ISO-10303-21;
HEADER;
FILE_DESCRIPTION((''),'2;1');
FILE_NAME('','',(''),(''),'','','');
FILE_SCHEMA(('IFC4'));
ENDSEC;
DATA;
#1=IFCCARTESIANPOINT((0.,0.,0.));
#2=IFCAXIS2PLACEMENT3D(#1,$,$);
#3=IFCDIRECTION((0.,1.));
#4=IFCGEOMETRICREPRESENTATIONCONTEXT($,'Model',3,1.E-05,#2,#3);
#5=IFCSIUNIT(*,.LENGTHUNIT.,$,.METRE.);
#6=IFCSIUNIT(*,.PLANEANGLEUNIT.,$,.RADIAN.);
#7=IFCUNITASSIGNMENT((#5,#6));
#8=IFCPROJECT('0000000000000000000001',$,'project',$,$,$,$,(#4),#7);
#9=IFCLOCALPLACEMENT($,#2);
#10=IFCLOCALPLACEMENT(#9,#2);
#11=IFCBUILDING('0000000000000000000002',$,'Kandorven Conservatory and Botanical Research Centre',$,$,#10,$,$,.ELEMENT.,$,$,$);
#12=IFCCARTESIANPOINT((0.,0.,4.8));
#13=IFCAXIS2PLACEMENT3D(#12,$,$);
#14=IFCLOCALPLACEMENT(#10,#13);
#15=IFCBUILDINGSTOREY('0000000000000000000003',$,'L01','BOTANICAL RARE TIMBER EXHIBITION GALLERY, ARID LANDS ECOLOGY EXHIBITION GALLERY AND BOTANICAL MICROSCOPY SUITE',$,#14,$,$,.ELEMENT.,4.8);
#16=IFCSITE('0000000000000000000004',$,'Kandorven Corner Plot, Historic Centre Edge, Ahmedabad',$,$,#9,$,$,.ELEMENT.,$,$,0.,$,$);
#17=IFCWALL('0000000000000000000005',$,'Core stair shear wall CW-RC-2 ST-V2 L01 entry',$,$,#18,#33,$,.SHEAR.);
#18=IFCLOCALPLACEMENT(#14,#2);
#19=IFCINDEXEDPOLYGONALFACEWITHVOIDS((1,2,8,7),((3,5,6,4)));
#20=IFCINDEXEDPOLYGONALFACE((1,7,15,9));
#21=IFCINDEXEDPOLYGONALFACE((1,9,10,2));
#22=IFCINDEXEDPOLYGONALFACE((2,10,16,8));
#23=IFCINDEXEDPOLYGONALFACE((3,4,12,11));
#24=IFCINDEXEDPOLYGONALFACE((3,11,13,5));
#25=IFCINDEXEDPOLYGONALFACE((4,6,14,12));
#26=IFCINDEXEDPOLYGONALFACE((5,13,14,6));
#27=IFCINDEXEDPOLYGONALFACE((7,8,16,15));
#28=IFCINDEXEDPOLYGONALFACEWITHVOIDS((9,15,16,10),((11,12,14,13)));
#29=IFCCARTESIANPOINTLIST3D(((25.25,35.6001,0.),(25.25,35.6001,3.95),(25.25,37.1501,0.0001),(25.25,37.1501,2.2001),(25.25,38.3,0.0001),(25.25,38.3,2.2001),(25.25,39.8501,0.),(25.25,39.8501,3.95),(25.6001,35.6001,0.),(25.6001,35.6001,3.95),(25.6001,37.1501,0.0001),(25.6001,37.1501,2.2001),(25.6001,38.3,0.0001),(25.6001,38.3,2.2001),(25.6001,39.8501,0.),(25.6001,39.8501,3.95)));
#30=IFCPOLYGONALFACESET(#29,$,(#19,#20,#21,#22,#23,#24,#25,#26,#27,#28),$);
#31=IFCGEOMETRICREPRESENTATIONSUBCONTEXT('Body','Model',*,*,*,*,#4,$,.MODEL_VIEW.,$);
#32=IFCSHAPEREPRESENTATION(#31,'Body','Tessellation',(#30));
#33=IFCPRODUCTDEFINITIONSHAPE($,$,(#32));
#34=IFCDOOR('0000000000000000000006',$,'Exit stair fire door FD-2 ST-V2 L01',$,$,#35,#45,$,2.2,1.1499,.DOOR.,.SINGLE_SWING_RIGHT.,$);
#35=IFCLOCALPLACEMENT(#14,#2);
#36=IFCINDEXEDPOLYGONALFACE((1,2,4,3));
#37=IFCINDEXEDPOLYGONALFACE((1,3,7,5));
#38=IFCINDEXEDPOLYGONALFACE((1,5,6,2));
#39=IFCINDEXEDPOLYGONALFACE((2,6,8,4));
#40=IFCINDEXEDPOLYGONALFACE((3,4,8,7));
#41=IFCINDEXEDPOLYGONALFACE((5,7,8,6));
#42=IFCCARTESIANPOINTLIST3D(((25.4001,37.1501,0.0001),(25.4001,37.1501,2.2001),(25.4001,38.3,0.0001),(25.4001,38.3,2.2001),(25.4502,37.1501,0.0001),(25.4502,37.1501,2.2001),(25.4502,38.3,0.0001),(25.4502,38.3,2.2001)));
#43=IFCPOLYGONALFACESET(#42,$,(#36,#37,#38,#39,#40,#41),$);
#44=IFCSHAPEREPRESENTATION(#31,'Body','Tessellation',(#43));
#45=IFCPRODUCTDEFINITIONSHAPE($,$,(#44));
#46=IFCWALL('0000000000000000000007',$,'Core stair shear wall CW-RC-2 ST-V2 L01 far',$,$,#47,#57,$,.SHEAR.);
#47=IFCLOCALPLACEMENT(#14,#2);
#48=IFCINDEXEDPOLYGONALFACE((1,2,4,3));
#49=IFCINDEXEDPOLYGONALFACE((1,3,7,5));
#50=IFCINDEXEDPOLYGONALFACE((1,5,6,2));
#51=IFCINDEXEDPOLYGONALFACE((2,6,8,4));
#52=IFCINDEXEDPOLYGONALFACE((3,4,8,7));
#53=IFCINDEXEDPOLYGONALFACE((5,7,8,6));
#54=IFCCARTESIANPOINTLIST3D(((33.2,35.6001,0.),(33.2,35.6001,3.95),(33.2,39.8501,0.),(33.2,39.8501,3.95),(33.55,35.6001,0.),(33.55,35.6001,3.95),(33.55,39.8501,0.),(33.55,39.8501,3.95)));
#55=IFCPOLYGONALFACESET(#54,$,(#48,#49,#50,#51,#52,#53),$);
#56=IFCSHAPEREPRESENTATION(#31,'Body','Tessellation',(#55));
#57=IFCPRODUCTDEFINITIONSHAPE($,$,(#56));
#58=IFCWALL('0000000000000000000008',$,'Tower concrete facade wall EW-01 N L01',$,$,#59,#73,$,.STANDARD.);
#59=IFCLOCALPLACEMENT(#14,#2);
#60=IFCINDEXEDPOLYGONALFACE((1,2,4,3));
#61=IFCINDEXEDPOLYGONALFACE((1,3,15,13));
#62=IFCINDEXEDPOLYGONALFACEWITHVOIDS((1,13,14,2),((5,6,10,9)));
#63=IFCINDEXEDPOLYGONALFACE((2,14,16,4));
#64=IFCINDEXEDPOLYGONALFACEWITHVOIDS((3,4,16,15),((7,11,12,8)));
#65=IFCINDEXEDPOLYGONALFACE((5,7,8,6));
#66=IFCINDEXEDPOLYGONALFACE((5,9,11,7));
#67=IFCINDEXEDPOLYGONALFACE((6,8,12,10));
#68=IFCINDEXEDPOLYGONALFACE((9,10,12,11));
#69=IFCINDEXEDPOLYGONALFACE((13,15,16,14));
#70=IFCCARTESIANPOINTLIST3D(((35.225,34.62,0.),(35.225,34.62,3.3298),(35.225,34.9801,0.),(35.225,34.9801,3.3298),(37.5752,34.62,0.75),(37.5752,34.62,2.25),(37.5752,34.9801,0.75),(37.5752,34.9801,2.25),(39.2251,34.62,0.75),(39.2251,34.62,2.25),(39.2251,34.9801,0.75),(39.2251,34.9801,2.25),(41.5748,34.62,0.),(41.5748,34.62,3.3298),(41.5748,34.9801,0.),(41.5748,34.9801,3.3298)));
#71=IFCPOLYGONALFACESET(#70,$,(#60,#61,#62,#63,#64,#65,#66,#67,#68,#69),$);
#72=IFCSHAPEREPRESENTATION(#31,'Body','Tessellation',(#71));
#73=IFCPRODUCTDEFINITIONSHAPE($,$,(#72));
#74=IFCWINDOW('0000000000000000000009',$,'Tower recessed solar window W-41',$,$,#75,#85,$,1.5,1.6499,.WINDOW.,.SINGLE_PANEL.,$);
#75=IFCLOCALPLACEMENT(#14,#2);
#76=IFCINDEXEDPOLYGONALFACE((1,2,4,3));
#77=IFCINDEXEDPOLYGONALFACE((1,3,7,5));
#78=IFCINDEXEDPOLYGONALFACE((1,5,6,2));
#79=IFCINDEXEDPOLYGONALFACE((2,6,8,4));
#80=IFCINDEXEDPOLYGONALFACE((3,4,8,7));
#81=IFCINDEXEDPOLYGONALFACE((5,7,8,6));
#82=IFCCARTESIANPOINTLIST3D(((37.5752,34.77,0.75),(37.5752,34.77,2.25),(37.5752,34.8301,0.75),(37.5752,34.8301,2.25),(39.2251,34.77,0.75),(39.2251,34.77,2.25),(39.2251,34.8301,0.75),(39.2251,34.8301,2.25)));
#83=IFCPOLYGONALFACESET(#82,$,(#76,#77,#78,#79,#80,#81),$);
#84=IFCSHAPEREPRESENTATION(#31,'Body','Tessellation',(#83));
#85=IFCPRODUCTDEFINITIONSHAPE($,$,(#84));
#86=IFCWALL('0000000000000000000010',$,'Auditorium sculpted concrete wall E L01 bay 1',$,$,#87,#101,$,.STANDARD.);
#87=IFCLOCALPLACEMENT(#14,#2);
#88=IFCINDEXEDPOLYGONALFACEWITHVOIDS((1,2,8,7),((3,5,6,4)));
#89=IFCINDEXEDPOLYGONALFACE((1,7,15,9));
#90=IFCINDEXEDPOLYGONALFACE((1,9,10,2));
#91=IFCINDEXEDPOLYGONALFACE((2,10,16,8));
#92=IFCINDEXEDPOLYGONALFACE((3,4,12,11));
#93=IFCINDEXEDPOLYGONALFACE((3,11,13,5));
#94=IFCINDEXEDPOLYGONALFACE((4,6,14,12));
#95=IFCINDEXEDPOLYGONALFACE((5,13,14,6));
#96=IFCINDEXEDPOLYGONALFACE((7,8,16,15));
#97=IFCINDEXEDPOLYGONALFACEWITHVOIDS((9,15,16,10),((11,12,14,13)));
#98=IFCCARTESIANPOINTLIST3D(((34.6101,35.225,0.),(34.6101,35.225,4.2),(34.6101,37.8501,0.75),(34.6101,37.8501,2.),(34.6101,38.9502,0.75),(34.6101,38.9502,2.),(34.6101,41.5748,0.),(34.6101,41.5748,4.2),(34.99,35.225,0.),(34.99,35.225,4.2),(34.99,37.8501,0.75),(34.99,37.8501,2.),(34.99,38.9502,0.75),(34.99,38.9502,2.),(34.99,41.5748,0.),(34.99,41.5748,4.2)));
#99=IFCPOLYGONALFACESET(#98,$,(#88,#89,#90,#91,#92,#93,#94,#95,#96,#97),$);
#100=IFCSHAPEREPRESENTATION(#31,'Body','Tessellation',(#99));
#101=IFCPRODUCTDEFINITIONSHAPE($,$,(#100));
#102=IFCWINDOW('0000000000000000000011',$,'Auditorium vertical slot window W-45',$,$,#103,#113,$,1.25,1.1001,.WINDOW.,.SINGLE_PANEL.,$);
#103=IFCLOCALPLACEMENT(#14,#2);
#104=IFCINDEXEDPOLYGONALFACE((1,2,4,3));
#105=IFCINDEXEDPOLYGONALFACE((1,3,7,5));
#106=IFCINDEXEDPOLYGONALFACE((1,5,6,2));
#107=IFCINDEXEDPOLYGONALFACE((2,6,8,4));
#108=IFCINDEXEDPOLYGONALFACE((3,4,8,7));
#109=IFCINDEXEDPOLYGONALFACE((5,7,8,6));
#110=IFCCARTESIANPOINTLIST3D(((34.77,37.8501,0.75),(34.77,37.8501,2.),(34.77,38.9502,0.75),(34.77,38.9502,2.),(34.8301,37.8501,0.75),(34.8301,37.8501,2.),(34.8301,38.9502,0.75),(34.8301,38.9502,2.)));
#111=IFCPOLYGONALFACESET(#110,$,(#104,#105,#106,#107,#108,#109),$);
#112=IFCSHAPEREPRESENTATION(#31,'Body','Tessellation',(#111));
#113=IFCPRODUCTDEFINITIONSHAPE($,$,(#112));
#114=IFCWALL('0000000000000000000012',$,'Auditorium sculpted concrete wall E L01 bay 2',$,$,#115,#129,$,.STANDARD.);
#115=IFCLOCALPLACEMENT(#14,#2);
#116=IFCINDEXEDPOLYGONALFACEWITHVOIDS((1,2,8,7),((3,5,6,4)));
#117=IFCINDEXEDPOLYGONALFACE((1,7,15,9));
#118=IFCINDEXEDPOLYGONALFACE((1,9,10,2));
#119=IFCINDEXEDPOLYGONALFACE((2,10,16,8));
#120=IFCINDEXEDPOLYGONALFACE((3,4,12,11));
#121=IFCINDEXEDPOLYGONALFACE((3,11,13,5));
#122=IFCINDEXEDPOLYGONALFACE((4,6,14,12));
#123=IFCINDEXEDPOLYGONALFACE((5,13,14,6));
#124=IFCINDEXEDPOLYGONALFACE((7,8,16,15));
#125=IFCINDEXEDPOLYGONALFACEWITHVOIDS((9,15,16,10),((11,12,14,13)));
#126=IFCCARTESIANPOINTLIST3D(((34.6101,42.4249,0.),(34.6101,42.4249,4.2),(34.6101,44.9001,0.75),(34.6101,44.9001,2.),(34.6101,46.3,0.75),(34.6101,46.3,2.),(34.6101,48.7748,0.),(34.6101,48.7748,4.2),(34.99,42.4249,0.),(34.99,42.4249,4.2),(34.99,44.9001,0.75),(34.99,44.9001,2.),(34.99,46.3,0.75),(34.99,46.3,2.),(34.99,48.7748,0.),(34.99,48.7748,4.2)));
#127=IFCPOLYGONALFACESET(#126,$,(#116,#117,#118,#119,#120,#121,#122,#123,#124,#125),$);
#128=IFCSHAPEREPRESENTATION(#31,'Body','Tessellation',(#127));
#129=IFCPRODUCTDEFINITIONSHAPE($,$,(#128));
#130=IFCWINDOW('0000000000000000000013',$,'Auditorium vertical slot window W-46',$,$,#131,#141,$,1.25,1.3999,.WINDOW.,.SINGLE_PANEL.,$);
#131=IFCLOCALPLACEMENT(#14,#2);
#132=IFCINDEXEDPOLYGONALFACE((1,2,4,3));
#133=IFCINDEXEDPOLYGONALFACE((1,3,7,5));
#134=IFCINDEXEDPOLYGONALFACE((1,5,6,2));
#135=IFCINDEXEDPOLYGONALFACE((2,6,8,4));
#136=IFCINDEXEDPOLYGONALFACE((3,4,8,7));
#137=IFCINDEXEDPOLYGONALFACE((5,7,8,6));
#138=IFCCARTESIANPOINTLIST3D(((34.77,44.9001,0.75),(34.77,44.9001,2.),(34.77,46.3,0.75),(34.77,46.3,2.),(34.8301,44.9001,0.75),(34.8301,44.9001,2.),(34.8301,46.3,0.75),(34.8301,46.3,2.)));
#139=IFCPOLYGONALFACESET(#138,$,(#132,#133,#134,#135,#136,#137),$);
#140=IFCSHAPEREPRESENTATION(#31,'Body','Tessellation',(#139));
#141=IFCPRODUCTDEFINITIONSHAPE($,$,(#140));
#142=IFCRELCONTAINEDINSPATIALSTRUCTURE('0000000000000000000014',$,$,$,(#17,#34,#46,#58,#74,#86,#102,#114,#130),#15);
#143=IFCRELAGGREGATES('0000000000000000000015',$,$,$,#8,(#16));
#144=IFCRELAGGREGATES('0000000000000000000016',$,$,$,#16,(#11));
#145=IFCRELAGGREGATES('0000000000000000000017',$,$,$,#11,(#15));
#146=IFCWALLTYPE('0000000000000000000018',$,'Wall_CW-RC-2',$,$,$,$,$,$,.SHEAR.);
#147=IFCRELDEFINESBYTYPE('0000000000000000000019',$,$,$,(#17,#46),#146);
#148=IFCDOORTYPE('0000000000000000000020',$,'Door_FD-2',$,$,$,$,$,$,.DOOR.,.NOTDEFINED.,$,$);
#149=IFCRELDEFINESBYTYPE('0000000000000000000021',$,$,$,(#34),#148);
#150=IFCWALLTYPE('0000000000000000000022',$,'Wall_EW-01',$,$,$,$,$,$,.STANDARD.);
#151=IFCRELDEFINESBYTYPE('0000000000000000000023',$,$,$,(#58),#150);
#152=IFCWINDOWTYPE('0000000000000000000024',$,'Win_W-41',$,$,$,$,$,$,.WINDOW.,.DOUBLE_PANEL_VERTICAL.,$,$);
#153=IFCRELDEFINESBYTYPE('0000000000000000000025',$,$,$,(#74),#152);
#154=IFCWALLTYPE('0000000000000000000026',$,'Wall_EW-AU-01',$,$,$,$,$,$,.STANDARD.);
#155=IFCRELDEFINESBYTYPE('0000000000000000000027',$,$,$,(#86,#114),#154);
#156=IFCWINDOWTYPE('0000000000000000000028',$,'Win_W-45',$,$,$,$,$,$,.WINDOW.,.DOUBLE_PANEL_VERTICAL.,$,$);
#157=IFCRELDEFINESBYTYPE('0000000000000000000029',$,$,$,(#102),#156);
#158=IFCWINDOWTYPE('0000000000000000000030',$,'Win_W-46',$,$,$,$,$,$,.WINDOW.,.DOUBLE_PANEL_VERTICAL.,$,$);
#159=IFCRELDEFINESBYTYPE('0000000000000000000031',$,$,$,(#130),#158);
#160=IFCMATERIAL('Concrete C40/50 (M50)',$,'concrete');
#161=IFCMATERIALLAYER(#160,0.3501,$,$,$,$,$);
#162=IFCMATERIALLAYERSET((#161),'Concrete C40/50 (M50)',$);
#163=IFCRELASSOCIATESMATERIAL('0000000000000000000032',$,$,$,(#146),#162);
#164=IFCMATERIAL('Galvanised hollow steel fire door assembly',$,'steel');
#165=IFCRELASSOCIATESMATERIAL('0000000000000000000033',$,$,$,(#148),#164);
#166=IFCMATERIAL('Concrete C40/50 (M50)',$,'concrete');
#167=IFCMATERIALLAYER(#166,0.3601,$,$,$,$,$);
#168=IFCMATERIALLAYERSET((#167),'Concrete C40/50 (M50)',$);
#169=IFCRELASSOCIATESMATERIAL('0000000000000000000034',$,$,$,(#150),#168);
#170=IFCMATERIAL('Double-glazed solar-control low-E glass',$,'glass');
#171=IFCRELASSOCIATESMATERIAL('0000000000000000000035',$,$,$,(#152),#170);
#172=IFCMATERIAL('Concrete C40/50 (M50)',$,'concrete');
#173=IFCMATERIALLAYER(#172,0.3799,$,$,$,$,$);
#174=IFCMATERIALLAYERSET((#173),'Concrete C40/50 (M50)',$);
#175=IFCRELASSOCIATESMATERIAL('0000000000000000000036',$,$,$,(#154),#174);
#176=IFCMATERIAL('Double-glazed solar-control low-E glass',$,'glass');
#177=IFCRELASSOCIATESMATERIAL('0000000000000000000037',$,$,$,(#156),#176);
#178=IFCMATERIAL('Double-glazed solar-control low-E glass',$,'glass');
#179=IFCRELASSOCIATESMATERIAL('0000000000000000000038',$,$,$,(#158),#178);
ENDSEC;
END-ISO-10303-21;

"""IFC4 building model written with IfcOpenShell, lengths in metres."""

from ifc_helpers import new_model, si_unit, direction, frame, frame_2d, origin, place, context, subcontext, project, spatial, rectangle, extrude, material, layer, layer_set, type_object, element, fill, save


model = new_model("IFC4")

# Units and contexts
model_context = context("Model", 3, precision=1e-05, world=origin(), true_north=direction((0.0, 1.0)))
body_context = subcontext(model_context, "Body", "Model", "MODEL_VIEW")
ifc_project = project(units=[si_unit("LENGTHUNIT", "METRE"), si_unit("PLANEANGLEUNIT", "RADIAN")], contexts=[model_context])

# Site, building, storey
site_placement = place(None, origin())
site = spatial("IfcSite", under=ifc_project, at=site_placement, Name="Kandorven Corner Plot, Historic Centre Edge, Ahmedabad", CompositionType="ELEMENT", RefElevation=0.0)
building_placement = place(site_placement, origin())
building = spatial("IfcBuilding", under=site, at=building_placement, Name="Kandorven Conservatory and Botanical Research Centre", CompositionType="ELEMENT")
storey_placement = place(building_placement, frame((0.0, 0.0, 4.8)))
storey = spatial("IfcBuildingStorey", under=building, at=storey_placement, Name="L01", Description="BOTANICAL RARE TIMBER EXHIBITION GALLERY, ARID LANDS ECOLOGY EXHIBITION GALLERY AND BOTANICAL MICROSCOPY SUITE", CompositionType="ELEMENT", Elevation=4.8)

# Wall, opening, door
ifc_material_1 = material(Name="Concrete C40/50 (M50)", Category="concrete")
ifc_layer_1 = layer(ifc_material_1, 0.3501)
ifc_layer_set_1 = layer_set([ifc_layer_1], Name="Concrete C40/50 (M50)")
wall_type_1 = type_object("IfcWallType", Name="Wall_CW-RC-2", PredefinedType="SHEAR", material=ifc_layer_set_1)
wall_1_placement = place(storey_placement, frame((25.425, 35.6001, 0.0), z_axis=(0.0, 0.0, 1.0), x_axis=(0.0, 1.0, 0.0)))
wall_1 = element("IfcWall", 1, at=wall_1_placement, inside=storey, type_object=wall_type_1, Name="Core stair shear wall CW-RC-2 ST-V2 L01 entry", PredefinedType="SHEAR", context=body_context, shape_type="SweptSolid", body=[
    extrude(rectangle(XDim=4.25, YDim=0.3501, at=frame_2d((2.125, 0.0))), origin(), (0.0, 0.0, 1.0), 3.95),
])
opening_1_placement = place(wall_1_placement, frame((1.55, 0.0, 0.0)))
opening_1 = element("IfcOpeningElement", 2, at=opening_1_placement, cuts=wall_1, PredefinedType="OPENING", context=body_context, shape_type="SweptSolid", body=[
    extrude(rectangle(XDim=1.1499, YDim=2.2, at=frame_2d((0.575, 1.1001))), frame((0.0, 0.1851, 0.0), z_axis=(0.0, -1.0, 0.0), x_axis=(1.0, 0.0, 0.0)), (0.0, 0.0, 1.0), 0.3701),
])
ifc_material_2 = material(Name="Galvanised hollow steel fire door assembly", Category="steel")
door_type = type_object("IfcDoorType", Name="Door_FD-2", OperationType="NOTDEFINED", PredefinedType="DOOR", material=ifc_material_2)
door_placement = place(opening_1_placement, origin())
door = element("IfcDoor", 3, at=door_placement, inside=storey, type_object=door_type, Name="Exit stair fire door FD-2 ST-V2 L01", OperationType="SINGLE_SWING_RIGHT", OverallHeight=2.2, OverallWidth=1.1499, PredefinedType="DOOR", context=body_context, shape_type="SweptSolid", body=[
    extrude(rectangle(XDim=1.1499, YDim=2.2, at=frame_2d((0.575, 1.1001))), frame((0.0, 0.0249, 0.0), z_axis=(0.0, -1.0, 0.0), x_axis=(1.0, 0.0, 0.0)), (0.0, 0.0, 1.0), 0.05),
])
fill(opening_1, door)

# Wall
wall_2_placement = place(storey_placement, frame((33.375, 35.6001, 0.0), z_axis=(0.0, 0.0, 1.0), x_axis=(0.0, 1.0, 0.0)))
element("IfcWall", 4, at=wall_2_placement, inside=storey, type_object=wall_type_1, Name="Core stair shear wall CW-RC-2 ST-V2 L01 far", PredefinedType="SHEAR", context=body_context, shape_type="SweptSolid", body=[
    extrude(rectangle(XDim=4.25, YDim=0.3501, at=frame_2d((2.125, 0.0))), origin(), (0.0, 0.0, 1.0), 3.95),
])

# Walls, openings, windows
ifc_material_3 = material(Name="Concrete C40/50 (M50)", Category="concrete")
ifc_layer_2 = layer(ifc_material_3, 0.3601)
ifc_layer_set_2 = layer_set([ifc_layer_2], Name="Concrete C40/50 (M50)")
wall_type_2 = type_object("IfcWallType", Name="Wall_EW-01", PredefinedType="STANDARD", material=ifc_layer_set_2)
wall_3_placement = place(storey_placement, frame((35.2251, 34.8, 0.0), z_axis=(0.0, 0.0, 1.0), x_axis=(1.0, 0.0, 0.0)))
wall_3 = element("IfcWall", 5, at=wall_3_placement, inside=storey, type_object=wall_type_2, Name="Tower concrete facade wall EW-01 N L01", PredefinedType="STANDARD", context=body_context, shape_type="SweptSolid", body=[
    extrude(rectangle(XDim=6.3499, YDim=0.3601, at=frame_2d((3.1748, 0.0))), origin(), (0.0, 0.0, 1.0), 3.3298),
])
opening_2_placement = place(wall_3_placement, frame((2.3501, 0.0, 0.75)))
opening_2 = element("IfcOpeningElement", 6, at=opening_2_placement, cuts=wall_3, PredefinedType="OPENING", context=body_context, shape_type="SweptSolid", body=[
    extrude(rectangle(XDim=1.6499, YDim=1.5, at=frame_2d((0.825, 0.75))), frame((0.0, 0.1899, 0.0), z_axis=(0.0, -1.0, 0.0), x_axis=(1.0, 0.0, 0.0)), (0.0, 0.0, 1.0), 0.3801),
])
ifc_material_4 = material(Name="Double-glazed solar-control low-E glass", Category="glass")
window_type_1 = type_object("IfcWindowType", Name="Win_W-41", PartitioningType="DOUBLE_PANEL_VERTICAL", PredefinedType="WINDOW", material=ifc_material_4)
window_1_placement = place(opening_2_placement, origin())
window_1 = element("IfcWindow", 7, at=window_1_placement, inside=storey, type_object=window_type_1, Name="Tower recessed solar window W-41", OverallHeight=1.5, OverallWidth=1.6499, PartitioningType="SINGLE_PANEL", PredefinedType="WINDOW", context=body_context, shape_type="SweptSolid", body=[
    extrude(rectangle(XDim=1.6499, YDim=1.5, at=frame_2d((0.825, 0.75))), frame((0.0, 0.03, 0.0), z_axis=(0.0, -1.0, 0.0), x_axis=(1.0, 0.0, 0.0)), (0.0, 0.0, 1.0), 0.0601),
])
fill(opening_2, window_1)
ifc_material_5 = material(Name="Concrete C40/50 (M50)", Category="concrete")
ifc_layer_3 = layer(ifc_material_5, 0.3799)
ifc_layer_set_3 = layer_set([ifc_layer_3], Name="Concrete C40/50 (M50)")
wall_type_3 = type_object("IfcWallType", Name="Wall_EW-AU-01", PredefinedType="STANDARD", material=ifc_layer_set_3)
wall_4_placement = place(storey_placement, frame((34.8, 35.2251, 0.0), z_axis=(0.0, 0.0, 1.0), x_axis=(0.0, 1.0, 0.0)))
wall_4 = element("IfcWall", 8, at=wall_4_placement, inside=storey, type_object=wall_type_3, Name="Auditorium sculpted concrete wall E L01 bay 1", PredefinedType="STANDARD", context=body_context, shape_type="SweptSolid", body=[
    extrude(rectangle(XDim=6.3499, YDim=0.3799, at=frame_2d((3.1748, 0.0))), origin(), (0.0, 0.0, 1.0), 4.2),
])
opening_3_placement = place(wall_4_placement, frame((2.625, 0.0, 0.75)))
opening_3 = element("IfcOpeningElement", 9, at=opening_3_placement, cuts=wall_4, PredefinedType="OPENING", context=body_context, shape_type="SweptSolid", body=[
    extrude(rectangle(XDim=1.1001, YDim=1.25, at=frame_2d((0.55, 0.625))), frame((0.0, 0.2, 0.0), z_axis=(0.0, -1.0, 0.0), x_axis=(1.0, 0.0, 0.0)), (0.0, 0.0, 1.0), 0.3999),
])
ifc_material_6 = material(Name="Double-glazed solar-control low-E glass", Category="glass")
window_type_2 = type_object("IfcWindowType", Name="Win_W-45", PartitioningType="DOUBLE_PANEL_VERTICAL", PredefinedType="WINDOW", material=ifc_material_6)
window_2_placement = place(opening_3_placement, origin())
window_2 = element("IfcWindow", 10, at=window_2_placement, inside=storey, type_object=window_type_2, Name="Auditorium vertical slot window W-45", OverallHeight=1.25, OverallWidth=1.1001, PartitioningType="SINGLE_PANEL", PredefinedType="WINDOW", context=body_context, shape_type="SweptSolid", body=[
    extrude(rectangle(XDim=1.1001, YDim=1.25, at=frame_2d((0.55, 0.625))), frame((0.0, 0.03, 0.0), z_axis=(0.0, -1.0, 0.0), x_axis=(1.0, 0.0, 0.0)), (0.0, 0.0, 1.0), 0.0601),
])
fill(opening_3, window_2)
wall_5_placement = place(storey_placement, frame((34.8, 42.425, 0.0), z_axis=(0.0, 0.0, 1.0), x_axis=(0.0, 1.0, 0.0)))
wall_5 = element("IfcWall", 11, at=wall_5_placement, inside=storey, type_object=wall_type_3, Name="Auditorium sculpted concrete wall E L01 bay 2", PredefinedType="STANDARD", context=body_context, shape_type="SweptSolid", body=[
    extrude(rectangle(XDim=6.3499, YDim=0.3799, at=frame_2d((3.1748, 0.0))), origin(), (0.0, 0.0, 1.0), 4.2),
])
opening_4_placement = place(wall_5_placement, frame((2.4751, 0.0, 0.75)))
opening_4 = element("IfcOpeningElement", 12, at=opening_4_placement, cuts=wall_5, PredefinedType="OPENING", context=body_context, shape_type="SweptSolid", body=[
    extrude(rectangle(XDim=1.3999, YDim=1.25, at=frame_2d((0.7, 0.625))), frame((0.0, 0.2, 0.0), z_axis=(0.0, -1.0, 0.0), x_axis=(1.0, 0.0, 0.0)), (0.0, 0.0, 1.0), 0.3999),
])
ifc_material_7 = material(Name="Double-glazed solar-control low-E glass", Category="glass")
window_type_3 = type_object("IfcWindowType", Name="Win_W-46", PartitioningType="DOUBLE_PANEL_VERTICAL", PredefinedType="WINDOW", material=ifc_material_7)
window_3_placement = place(opening_4_placement, origin())
window_3 = element("IfcWindow", 13, at=window_3_placement, inside=storey, type_object=window_type_3, Name="Auditorium vertical slot window W-46", OverallHeight=1.25, OverallWidth=1.3999, PartitioningType="SINGLE_PANEL", PredefinedType="WINDOW", context=body_context, shape_type="SweptSolid", body=[
    extrude(rectangle(XDim=1.3999, YDim=1.25, at=frame_2d((0.7, 0.625))), frame((0.0, 0.03, 0.0), z_axis=(0.0, -1.0, 0.0), x_axis=(1.0, 0.0, 0.0)), (0.0, 0.0, 1.0), 0.0601),
])
fill(opening_4, window_3)

save(model, "model.ifc")
